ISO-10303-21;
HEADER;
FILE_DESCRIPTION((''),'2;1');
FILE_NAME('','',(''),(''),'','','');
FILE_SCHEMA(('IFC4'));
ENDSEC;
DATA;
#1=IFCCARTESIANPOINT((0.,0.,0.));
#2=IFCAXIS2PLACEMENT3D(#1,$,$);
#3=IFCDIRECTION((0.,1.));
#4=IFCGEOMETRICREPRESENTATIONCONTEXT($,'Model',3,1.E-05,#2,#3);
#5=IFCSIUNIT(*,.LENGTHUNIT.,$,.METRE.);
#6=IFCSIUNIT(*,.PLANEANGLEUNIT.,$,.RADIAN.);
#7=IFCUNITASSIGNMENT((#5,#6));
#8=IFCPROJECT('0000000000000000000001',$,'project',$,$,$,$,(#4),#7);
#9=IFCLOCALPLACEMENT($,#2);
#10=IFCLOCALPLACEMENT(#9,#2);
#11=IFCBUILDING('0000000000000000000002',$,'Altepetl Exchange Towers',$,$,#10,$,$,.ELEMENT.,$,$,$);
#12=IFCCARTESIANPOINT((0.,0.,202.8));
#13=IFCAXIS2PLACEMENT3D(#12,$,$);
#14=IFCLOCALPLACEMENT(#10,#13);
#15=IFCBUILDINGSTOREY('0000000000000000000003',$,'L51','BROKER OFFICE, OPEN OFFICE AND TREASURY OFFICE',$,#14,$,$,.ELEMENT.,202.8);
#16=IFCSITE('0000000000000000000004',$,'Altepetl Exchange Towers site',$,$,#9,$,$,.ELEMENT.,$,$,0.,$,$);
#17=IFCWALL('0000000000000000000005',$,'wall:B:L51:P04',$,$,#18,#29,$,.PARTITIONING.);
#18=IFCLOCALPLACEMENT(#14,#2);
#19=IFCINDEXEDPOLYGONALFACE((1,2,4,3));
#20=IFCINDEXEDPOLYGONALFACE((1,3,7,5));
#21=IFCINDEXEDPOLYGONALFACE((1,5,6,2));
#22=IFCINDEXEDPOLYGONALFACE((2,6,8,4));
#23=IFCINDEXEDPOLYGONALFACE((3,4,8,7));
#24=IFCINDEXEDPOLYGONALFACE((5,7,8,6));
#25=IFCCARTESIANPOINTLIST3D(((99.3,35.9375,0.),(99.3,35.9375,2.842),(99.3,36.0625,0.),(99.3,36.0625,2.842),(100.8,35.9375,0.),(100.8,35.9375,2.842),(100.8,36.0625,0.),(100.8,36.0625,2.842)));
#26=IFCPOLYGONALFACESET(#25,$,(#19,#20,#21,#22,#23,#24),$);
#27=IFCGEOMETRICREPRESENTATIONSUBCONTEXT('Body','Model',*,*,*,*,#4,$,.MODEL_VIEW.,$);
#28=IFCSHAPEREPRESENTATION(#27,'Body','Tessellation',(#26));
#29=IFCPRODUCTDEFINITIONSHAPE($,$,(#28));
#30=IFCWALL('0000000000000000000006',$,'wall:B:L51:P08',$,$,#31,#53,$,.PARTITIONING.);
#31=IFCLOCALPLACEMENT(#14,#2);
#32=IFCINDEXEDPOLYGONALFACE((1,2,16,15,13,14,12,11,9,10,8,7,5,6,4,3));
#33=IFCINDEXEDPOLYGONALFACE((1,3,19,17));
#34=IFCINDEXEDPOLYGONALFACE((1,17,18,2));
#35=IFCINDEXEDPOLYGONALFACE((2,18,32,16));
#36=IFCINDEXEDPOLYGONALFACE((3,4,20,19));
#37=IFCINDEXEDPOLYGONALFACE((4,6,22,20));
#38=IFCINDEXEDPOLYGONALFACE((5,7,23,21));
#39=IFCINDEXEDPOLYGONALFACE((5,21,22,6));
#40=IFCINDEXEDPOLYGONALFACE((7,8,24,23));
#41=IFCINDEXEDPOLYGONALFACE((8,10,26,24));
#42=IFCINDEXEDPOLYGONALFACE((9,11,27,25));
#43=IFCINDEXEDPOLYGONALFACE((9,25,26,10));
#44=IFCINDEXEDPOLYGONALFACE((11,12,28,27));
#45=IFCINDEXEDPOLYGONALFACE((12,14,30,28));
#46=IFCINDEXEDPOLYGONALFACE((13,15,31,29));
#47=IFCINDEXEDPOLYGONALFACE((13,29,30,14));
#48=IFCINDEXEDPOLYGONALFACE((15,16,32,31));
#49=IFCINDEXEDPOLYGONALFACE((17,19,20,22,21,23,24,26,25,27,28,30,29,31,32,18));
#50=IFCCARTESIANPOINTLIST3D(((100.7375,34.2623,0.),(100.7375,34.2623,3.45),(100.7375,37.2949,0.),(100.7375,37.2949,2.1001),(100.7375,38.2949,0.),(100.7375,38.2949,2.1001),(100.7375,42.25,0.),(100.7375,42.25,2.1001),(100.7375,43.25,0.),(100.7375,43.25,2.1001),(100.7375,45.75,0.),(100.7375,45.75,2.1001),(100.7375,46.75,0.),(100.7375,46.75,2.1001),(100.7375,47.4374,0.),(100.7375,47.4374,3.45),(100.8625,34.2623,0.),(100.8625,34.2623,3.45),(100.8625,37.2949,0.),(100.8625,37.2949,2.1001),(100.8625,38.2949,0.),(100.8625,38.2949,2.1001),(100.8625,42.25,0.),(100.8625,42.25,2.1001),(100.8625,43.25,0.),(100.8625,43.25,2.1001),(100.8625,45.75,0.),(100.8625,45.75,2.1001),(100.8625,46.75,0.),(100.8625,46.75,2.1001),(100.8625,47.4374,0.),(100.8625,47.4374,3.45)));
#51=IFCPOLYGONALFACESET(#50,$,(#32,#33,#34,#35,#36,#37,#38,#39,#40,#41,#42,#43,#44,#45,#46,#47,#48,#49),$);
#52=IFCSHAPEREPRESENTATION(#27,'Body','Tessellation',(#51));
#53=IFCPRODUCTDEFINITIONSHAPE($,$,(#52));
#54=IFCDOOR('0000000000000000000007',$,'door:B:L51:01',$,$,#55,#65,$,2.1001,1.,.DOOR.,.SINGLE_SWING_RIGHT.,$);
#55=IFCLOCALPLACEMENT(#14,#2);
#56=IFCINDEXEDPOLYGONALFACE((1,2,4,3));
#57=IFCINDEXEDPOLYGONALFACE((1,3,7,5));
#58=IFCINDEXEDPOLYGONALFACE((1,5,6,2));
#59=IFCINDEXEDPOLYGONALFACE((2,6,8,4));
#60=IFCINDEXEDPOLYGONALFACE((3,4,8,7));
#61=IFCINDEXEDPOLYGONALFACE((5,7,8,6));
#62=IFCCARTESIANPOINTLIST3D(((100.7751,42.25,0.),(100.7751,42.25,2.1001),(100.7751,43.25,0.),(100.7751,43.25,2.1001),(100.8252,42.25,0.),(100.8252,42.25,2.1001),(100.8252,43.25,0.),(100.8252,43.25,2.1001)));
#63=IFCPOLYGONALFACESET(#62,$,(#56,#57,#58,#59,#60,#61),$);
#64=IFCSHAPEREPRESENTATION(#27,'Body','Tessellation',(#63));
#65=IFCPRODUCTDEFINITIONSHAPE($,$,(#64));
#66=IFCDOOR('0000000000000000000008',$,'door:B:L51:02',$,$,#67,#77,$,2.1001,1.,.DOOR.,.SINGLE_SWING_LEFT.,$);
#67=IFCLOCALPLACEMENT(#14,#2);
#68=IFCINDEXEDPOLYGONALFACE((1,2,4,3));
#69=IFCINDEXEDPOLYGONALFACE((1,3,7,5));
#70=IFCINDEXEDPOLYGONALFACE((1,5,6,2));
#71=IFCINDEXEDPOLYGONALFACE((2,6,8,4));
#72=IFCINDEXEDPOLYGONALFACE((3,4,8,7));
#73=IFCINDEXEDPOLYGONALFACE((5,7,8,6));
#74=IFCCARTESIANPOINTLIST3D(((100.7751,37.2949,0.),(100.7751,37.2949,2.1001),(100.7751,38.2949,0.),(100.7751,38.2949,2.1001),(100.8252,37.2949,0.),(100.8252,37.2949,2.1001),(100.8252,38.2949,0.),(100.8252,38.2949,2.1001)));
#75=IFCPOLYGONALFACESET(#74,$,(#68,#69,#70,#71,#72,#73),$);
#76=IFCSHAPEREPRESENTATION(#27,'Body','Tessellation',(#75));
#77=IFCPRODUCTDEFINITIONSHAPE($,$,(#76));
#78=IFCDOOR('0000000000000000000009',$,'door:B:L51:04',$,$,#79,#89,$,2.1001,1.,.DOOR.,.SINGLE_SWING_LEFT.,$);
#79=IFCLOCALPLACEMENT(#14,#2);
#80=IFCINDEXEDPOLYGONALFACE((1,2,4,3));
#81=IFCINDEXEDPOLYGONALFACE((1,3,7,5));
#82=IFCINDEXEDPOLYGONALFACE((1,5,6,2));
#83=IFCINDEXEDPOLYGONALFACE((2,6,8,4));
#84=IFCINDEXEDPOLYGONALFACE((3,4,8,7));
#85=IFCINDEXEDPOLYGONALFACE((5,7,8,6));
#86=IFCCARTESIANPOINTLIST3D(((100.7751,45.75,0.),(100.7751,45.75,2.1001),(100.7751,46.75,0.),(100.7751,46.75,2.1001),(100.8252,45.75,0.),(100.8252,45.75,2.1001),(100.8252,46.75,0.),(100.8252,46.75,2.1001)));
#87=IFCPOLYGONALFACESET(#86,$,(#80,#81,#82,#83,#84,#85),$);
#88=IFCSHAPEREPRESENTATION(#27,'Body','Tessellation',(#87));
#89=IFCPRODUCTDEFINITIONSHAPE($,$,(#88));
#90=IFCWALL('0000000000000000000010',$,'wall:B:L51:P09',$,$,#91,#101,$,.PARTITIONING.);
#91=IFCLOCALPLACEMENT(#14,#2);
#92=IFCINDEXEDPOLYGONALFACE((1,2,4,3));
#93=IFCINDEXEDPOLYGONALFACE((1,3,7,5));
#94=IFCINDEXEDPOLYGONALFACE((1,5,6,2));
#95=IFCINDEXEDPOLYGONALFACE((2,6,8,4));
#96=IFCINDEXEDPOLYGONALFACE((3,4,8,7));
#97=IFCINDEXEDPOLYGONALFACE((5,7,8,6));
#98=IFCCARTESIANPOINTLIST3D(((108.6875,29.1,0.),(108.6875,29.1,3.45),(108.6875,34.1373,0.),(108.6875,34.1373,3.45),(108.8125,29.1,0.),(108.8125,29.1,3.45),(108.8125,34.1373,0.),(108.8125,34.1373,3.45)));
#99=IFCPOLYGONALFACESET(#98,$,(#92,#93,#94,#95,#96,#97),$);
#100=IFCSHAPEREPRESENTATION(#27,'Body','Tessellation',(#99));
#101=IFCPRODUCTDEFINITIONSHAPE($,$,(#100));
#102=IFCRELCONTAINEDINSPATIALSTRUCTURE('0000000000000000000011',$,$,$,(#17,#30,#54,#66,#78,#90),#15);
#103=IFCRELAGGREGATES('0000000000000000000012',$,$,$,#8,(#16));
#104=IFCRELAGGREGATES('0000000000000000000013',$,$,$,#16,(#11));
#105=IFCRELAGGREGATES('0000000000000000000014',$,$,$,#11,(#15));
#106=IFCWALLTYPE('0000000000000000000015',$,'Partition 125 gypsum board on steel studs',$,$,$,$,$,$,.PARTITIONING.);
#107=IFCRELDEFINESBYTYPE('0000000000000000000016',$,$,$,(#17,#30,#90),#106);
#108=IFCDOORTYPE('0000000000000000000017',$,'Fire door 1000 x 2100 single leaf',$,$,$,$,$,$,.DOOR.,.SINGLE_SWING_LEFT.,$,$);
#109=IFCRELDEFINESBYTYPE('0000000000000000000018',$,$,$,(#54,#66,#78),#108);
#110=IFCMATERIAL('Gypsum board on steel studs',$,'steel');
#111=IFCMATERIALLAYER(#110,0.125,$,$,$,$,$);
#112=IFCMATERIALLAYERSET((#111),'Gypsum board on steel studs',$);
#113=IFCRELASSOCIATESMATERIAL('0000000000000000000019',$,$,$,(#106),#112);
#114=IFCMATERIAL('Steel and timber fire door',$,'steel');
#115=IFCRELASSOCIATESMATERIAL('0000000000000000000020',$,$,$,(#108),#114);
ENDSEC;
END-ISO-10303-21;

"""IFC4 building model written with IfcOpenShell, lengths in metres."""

from ifc_helpers import new_model, si_unit, direction, frame, frame_2d, origin, place, context, subcontext, project, spatial, rectangle, extrude, material, layer, layer_set, type_object, element, fill, save


model = new_model("IFC4")

# Units and contexts
model_context = context("Model", 3, precision=1e-05, world=origin(), true_north=direction((0.0, 1.0)))
body_context = subcontext(model_context, "Body", "Model", "MODEL_VIEW")
ifc_project = project(units=[si_unit("LENGTHUNIT", "METRE"), si_unit("PLANEANGLEUNIT", "RADIAN")], contexts=[model_context])

# Site, building, storey
site_placement = place(None, origin())
site = spatial("IfcSite", under=ifc_project, at=site_placement, Name="Altepetl Exchange Towers site", CompositionType="ELEMENT", RefElevation=0.0)
building_placement = place(site_placement, origin())
building = spatial("IfcBuilding", under=site, at=building_placement, Name="Altepetl Exchange Towers", CompositionType="ELEMENT")
storey_placement = place(building_placement, frame((0.0, 0.0, 202.8)))
storey = spatial("IfcBuildingStorey", under=building, at=storey_placement, Name="L51", Description="BROKER OFFICE, OPEN OFFICE AND TREASURY OFFICE", CompositionType="ELEMENT", Elevation=202.8)

# Shared definitions
ifc_material_1 = material(Name="Gypsum board on steel studs", Category="steel")
ifc_layer_1 = layer(ifc_material_1, 0.125)
ifc_layer_set_1 = layer_set([ifc_layer_1], Name="Gypsum board on steel studs")
wall_type_1 = type_object("IfcWallType", Name="Partition 125 gypsum board on steel studs", PredefinedType="PARTITIONING", material=ifc_layer_set_1)
ifc_material_2 = material(Name="Steel and timber fire door", Category="steel")
door_type_1 = type_object("IfcDoorType", Name="Fire door 1000 x 2100 single leaf", OperationType="SINGLE_SWING_LEFT", PredefinedType="DOOR", material=ifc_material_2)

# Wall
wall_1_placement = place(storey_placement, frame((99.3, 36.0, 0.0)))
element("IfcWall", 1, at=wall_1_placement, inside=storey, type_object=wall_type_1, Name="wall:B:L51:P04", PredefinedType="PARTITIONING", context=body_context, shape_type="SweptSolid", body=[
    extrude(rectangle(XDim=1.5, YDim=0.125, at=frame_2d((0.75, 0.0))), origin(), (0.0, 0.0, 1.0), 2.842),
])

# Wall, openings, doors
wall_2_placement = place(storey_placement, frame((100.8, 34.2625, 0.0), z_axis=(0.0, 0.0, 1.0), x_axis=(0.0, 1.0, 0.0)))
wall_2 = element("IfcWall", 2, at=wall_2_placement, inside=storey, type_object=wall_type_1, Name="wall:B:L51:P08", PredefinedType="PARTITIONING", context=body_context, shape_type="SweptSolid", body=[
    extrude(rectangle(XDim=13.175, YDim=0.125, at=frame_2d((6.5874, 0.0))), origin(), (0.0, 0.0, 1.0), 3.45),
])
opening_1_placement = place(wall_2_placement, frame((7.9875, 0.0, 0.0)))
opening_1 = element("IfcOpeningElement", 3, at=opening_1_placement, cuts=wall_2, PredefinedType="OPENING", context=body_context, shape_type="SweptSolid", body=[
    extrude(rectangle(XDim=1.0, YDim=2.1001, at=frame_2d((0.5, 1.05))), frame((0.0, 0.0725, 0.0), z_axis=(0.0, -1.0, 0.0), x_axis=(1.0, 0.0, 0.0)), (0.0, 0.0, 1.0), 0.145),
])
opening_2_placement = place(wall_2_placement, frame((3.0325, 0.0, 0.0)))
opening_2 = element("IfcOpeningElement", 4, at=opening_2_placement, cuts=wall_2, PredefinedType="OPENING", context=body_context, shape_type="SweptSolid", body=[
    extrude(rectangle(XDim=1.0, YDim=2.1001, at=frame_2d((0.5, 1.05))), frame((0.0, 0.0725, 0.0), z_axis=(0.0, -1.0, 0.0), x_axis=(1.0, 0.0, 0.0)), (0.0, 0.0, 1.0), 0.145),
])
opening_3_placement = place(wall_2_placement, frame((11.4875, 0.0, 0.0)))
opening_3 = element("IfcOpeningElement", 5, at=opening_3_placement, cuts=wall_2, PredefinedType="OPENING", context=body_context, shape_type="SweptSolid", body=[
    extrude(rectangle(XDim=1.0, YDim=2.1001, at=frame_2d((0.5, 1.05))), frame((0.0, 0.0725, 0.0), z_axis=(0.0, -1.0, 0.0), x_axis=(1.0, 0.0, 0.0)), (0.0, 0.0, 1.0), 0.145),
])
door_1_placement = place(opening_1_placement, origin())
door_1 = element("IfcDoor", 6, at=door_1_placement, inside=storey, type_object=door_type_1, Name="door:B:L51:01", OperationType="SINGLE_SWING_RIGHT", OverallHeight=2.1001, OverallWidth=1.0, PredefinedType="DOOR", context=body_context, shape_type="SweptSolid", body=[
    extrude(rectangle(XDim=1.0, YDim=2.1001, at=frame_2d((0.5, 1.05))), frame((0.0, 0.0249, 0.0), z_axis=(0.0, -1.0, 0.0), x_axis=(1.0, 0.0, 0.0)), (0.0, 0.0, 1.0), 0.05),
])
fill(opening_1, door_1)
door_2_placement = place(opening_2_placement, origin())
door_2 = element("IfcDoor", 7, at=door_2_placement, inside=storey, type_object=door_type_1, Name="door:B:L51:02", OperationType="SINGLE_SWING_LEFT", OverallHeight=2.1001, OverallWidth=1.0, PredefinedType="DOOR", context=body_context, shape_type="SweptSolid", body=[
    extrude(rectangle(XDim=1.0, YDim=2.1001, at=frame_2d((0.5, 1.05))), frame((0.0, 0.0249, 0.0), z_axis=(0.0, -1.0, 0.0), x_axis=(1.0, 0.0, 0.0)), (0.0, 0.0, 1.0), 0.05),
])
fill(opening_2, door_2)
door_3_placement = place(opening_3_placement, origin())
door_3 = element("IfcDoor", 8, at=door_3_placement, inside=storey, type_object=door_type_1, Name="door:B:L51:04", OperationType="SINGLE_SWING_LEFT", OverallHeight=2.1001, OverallWidth=1.0, PredefinedType="DOOR", context=body_context, shape_type="SweptSolid", body=[
    extrude(rectangle(XDim=1.0, YDim=2.1001, at=frame_2d((0.5, 1.05))), frame((0.0, 0.0249, 0.0), z_axis=(0.0, -1.0, 0.0), x_axis=(1.0, 0.0, 0.0)), (0.0, 0.0, 1.0), 0.05),
])
fill(opening_3, door_3)

# Wall
wall_3_placement = place(storey_placement, frame((108.75, 29.1001, 0.0), z_axis=(0.0, 0.0, 1.0), x_axis=(0.0, 1.0, 0.0)))
element("IfcWall", 9, at=wall_3_placement, inside=storey, type_object=wall_type_1, Name="wall:B:L51:P09", PredefinedType="PARTITIONING", context=body_context, shape_type="SweptSolid", body=[
    extrude(rectangle(XDim=5.0374, YDim=0.125, at=frame_2d((2.5186, 0.0))), origin(), (0.0, 0.0, 1.0), 3.45),
])

save(model, "model.ifc")
